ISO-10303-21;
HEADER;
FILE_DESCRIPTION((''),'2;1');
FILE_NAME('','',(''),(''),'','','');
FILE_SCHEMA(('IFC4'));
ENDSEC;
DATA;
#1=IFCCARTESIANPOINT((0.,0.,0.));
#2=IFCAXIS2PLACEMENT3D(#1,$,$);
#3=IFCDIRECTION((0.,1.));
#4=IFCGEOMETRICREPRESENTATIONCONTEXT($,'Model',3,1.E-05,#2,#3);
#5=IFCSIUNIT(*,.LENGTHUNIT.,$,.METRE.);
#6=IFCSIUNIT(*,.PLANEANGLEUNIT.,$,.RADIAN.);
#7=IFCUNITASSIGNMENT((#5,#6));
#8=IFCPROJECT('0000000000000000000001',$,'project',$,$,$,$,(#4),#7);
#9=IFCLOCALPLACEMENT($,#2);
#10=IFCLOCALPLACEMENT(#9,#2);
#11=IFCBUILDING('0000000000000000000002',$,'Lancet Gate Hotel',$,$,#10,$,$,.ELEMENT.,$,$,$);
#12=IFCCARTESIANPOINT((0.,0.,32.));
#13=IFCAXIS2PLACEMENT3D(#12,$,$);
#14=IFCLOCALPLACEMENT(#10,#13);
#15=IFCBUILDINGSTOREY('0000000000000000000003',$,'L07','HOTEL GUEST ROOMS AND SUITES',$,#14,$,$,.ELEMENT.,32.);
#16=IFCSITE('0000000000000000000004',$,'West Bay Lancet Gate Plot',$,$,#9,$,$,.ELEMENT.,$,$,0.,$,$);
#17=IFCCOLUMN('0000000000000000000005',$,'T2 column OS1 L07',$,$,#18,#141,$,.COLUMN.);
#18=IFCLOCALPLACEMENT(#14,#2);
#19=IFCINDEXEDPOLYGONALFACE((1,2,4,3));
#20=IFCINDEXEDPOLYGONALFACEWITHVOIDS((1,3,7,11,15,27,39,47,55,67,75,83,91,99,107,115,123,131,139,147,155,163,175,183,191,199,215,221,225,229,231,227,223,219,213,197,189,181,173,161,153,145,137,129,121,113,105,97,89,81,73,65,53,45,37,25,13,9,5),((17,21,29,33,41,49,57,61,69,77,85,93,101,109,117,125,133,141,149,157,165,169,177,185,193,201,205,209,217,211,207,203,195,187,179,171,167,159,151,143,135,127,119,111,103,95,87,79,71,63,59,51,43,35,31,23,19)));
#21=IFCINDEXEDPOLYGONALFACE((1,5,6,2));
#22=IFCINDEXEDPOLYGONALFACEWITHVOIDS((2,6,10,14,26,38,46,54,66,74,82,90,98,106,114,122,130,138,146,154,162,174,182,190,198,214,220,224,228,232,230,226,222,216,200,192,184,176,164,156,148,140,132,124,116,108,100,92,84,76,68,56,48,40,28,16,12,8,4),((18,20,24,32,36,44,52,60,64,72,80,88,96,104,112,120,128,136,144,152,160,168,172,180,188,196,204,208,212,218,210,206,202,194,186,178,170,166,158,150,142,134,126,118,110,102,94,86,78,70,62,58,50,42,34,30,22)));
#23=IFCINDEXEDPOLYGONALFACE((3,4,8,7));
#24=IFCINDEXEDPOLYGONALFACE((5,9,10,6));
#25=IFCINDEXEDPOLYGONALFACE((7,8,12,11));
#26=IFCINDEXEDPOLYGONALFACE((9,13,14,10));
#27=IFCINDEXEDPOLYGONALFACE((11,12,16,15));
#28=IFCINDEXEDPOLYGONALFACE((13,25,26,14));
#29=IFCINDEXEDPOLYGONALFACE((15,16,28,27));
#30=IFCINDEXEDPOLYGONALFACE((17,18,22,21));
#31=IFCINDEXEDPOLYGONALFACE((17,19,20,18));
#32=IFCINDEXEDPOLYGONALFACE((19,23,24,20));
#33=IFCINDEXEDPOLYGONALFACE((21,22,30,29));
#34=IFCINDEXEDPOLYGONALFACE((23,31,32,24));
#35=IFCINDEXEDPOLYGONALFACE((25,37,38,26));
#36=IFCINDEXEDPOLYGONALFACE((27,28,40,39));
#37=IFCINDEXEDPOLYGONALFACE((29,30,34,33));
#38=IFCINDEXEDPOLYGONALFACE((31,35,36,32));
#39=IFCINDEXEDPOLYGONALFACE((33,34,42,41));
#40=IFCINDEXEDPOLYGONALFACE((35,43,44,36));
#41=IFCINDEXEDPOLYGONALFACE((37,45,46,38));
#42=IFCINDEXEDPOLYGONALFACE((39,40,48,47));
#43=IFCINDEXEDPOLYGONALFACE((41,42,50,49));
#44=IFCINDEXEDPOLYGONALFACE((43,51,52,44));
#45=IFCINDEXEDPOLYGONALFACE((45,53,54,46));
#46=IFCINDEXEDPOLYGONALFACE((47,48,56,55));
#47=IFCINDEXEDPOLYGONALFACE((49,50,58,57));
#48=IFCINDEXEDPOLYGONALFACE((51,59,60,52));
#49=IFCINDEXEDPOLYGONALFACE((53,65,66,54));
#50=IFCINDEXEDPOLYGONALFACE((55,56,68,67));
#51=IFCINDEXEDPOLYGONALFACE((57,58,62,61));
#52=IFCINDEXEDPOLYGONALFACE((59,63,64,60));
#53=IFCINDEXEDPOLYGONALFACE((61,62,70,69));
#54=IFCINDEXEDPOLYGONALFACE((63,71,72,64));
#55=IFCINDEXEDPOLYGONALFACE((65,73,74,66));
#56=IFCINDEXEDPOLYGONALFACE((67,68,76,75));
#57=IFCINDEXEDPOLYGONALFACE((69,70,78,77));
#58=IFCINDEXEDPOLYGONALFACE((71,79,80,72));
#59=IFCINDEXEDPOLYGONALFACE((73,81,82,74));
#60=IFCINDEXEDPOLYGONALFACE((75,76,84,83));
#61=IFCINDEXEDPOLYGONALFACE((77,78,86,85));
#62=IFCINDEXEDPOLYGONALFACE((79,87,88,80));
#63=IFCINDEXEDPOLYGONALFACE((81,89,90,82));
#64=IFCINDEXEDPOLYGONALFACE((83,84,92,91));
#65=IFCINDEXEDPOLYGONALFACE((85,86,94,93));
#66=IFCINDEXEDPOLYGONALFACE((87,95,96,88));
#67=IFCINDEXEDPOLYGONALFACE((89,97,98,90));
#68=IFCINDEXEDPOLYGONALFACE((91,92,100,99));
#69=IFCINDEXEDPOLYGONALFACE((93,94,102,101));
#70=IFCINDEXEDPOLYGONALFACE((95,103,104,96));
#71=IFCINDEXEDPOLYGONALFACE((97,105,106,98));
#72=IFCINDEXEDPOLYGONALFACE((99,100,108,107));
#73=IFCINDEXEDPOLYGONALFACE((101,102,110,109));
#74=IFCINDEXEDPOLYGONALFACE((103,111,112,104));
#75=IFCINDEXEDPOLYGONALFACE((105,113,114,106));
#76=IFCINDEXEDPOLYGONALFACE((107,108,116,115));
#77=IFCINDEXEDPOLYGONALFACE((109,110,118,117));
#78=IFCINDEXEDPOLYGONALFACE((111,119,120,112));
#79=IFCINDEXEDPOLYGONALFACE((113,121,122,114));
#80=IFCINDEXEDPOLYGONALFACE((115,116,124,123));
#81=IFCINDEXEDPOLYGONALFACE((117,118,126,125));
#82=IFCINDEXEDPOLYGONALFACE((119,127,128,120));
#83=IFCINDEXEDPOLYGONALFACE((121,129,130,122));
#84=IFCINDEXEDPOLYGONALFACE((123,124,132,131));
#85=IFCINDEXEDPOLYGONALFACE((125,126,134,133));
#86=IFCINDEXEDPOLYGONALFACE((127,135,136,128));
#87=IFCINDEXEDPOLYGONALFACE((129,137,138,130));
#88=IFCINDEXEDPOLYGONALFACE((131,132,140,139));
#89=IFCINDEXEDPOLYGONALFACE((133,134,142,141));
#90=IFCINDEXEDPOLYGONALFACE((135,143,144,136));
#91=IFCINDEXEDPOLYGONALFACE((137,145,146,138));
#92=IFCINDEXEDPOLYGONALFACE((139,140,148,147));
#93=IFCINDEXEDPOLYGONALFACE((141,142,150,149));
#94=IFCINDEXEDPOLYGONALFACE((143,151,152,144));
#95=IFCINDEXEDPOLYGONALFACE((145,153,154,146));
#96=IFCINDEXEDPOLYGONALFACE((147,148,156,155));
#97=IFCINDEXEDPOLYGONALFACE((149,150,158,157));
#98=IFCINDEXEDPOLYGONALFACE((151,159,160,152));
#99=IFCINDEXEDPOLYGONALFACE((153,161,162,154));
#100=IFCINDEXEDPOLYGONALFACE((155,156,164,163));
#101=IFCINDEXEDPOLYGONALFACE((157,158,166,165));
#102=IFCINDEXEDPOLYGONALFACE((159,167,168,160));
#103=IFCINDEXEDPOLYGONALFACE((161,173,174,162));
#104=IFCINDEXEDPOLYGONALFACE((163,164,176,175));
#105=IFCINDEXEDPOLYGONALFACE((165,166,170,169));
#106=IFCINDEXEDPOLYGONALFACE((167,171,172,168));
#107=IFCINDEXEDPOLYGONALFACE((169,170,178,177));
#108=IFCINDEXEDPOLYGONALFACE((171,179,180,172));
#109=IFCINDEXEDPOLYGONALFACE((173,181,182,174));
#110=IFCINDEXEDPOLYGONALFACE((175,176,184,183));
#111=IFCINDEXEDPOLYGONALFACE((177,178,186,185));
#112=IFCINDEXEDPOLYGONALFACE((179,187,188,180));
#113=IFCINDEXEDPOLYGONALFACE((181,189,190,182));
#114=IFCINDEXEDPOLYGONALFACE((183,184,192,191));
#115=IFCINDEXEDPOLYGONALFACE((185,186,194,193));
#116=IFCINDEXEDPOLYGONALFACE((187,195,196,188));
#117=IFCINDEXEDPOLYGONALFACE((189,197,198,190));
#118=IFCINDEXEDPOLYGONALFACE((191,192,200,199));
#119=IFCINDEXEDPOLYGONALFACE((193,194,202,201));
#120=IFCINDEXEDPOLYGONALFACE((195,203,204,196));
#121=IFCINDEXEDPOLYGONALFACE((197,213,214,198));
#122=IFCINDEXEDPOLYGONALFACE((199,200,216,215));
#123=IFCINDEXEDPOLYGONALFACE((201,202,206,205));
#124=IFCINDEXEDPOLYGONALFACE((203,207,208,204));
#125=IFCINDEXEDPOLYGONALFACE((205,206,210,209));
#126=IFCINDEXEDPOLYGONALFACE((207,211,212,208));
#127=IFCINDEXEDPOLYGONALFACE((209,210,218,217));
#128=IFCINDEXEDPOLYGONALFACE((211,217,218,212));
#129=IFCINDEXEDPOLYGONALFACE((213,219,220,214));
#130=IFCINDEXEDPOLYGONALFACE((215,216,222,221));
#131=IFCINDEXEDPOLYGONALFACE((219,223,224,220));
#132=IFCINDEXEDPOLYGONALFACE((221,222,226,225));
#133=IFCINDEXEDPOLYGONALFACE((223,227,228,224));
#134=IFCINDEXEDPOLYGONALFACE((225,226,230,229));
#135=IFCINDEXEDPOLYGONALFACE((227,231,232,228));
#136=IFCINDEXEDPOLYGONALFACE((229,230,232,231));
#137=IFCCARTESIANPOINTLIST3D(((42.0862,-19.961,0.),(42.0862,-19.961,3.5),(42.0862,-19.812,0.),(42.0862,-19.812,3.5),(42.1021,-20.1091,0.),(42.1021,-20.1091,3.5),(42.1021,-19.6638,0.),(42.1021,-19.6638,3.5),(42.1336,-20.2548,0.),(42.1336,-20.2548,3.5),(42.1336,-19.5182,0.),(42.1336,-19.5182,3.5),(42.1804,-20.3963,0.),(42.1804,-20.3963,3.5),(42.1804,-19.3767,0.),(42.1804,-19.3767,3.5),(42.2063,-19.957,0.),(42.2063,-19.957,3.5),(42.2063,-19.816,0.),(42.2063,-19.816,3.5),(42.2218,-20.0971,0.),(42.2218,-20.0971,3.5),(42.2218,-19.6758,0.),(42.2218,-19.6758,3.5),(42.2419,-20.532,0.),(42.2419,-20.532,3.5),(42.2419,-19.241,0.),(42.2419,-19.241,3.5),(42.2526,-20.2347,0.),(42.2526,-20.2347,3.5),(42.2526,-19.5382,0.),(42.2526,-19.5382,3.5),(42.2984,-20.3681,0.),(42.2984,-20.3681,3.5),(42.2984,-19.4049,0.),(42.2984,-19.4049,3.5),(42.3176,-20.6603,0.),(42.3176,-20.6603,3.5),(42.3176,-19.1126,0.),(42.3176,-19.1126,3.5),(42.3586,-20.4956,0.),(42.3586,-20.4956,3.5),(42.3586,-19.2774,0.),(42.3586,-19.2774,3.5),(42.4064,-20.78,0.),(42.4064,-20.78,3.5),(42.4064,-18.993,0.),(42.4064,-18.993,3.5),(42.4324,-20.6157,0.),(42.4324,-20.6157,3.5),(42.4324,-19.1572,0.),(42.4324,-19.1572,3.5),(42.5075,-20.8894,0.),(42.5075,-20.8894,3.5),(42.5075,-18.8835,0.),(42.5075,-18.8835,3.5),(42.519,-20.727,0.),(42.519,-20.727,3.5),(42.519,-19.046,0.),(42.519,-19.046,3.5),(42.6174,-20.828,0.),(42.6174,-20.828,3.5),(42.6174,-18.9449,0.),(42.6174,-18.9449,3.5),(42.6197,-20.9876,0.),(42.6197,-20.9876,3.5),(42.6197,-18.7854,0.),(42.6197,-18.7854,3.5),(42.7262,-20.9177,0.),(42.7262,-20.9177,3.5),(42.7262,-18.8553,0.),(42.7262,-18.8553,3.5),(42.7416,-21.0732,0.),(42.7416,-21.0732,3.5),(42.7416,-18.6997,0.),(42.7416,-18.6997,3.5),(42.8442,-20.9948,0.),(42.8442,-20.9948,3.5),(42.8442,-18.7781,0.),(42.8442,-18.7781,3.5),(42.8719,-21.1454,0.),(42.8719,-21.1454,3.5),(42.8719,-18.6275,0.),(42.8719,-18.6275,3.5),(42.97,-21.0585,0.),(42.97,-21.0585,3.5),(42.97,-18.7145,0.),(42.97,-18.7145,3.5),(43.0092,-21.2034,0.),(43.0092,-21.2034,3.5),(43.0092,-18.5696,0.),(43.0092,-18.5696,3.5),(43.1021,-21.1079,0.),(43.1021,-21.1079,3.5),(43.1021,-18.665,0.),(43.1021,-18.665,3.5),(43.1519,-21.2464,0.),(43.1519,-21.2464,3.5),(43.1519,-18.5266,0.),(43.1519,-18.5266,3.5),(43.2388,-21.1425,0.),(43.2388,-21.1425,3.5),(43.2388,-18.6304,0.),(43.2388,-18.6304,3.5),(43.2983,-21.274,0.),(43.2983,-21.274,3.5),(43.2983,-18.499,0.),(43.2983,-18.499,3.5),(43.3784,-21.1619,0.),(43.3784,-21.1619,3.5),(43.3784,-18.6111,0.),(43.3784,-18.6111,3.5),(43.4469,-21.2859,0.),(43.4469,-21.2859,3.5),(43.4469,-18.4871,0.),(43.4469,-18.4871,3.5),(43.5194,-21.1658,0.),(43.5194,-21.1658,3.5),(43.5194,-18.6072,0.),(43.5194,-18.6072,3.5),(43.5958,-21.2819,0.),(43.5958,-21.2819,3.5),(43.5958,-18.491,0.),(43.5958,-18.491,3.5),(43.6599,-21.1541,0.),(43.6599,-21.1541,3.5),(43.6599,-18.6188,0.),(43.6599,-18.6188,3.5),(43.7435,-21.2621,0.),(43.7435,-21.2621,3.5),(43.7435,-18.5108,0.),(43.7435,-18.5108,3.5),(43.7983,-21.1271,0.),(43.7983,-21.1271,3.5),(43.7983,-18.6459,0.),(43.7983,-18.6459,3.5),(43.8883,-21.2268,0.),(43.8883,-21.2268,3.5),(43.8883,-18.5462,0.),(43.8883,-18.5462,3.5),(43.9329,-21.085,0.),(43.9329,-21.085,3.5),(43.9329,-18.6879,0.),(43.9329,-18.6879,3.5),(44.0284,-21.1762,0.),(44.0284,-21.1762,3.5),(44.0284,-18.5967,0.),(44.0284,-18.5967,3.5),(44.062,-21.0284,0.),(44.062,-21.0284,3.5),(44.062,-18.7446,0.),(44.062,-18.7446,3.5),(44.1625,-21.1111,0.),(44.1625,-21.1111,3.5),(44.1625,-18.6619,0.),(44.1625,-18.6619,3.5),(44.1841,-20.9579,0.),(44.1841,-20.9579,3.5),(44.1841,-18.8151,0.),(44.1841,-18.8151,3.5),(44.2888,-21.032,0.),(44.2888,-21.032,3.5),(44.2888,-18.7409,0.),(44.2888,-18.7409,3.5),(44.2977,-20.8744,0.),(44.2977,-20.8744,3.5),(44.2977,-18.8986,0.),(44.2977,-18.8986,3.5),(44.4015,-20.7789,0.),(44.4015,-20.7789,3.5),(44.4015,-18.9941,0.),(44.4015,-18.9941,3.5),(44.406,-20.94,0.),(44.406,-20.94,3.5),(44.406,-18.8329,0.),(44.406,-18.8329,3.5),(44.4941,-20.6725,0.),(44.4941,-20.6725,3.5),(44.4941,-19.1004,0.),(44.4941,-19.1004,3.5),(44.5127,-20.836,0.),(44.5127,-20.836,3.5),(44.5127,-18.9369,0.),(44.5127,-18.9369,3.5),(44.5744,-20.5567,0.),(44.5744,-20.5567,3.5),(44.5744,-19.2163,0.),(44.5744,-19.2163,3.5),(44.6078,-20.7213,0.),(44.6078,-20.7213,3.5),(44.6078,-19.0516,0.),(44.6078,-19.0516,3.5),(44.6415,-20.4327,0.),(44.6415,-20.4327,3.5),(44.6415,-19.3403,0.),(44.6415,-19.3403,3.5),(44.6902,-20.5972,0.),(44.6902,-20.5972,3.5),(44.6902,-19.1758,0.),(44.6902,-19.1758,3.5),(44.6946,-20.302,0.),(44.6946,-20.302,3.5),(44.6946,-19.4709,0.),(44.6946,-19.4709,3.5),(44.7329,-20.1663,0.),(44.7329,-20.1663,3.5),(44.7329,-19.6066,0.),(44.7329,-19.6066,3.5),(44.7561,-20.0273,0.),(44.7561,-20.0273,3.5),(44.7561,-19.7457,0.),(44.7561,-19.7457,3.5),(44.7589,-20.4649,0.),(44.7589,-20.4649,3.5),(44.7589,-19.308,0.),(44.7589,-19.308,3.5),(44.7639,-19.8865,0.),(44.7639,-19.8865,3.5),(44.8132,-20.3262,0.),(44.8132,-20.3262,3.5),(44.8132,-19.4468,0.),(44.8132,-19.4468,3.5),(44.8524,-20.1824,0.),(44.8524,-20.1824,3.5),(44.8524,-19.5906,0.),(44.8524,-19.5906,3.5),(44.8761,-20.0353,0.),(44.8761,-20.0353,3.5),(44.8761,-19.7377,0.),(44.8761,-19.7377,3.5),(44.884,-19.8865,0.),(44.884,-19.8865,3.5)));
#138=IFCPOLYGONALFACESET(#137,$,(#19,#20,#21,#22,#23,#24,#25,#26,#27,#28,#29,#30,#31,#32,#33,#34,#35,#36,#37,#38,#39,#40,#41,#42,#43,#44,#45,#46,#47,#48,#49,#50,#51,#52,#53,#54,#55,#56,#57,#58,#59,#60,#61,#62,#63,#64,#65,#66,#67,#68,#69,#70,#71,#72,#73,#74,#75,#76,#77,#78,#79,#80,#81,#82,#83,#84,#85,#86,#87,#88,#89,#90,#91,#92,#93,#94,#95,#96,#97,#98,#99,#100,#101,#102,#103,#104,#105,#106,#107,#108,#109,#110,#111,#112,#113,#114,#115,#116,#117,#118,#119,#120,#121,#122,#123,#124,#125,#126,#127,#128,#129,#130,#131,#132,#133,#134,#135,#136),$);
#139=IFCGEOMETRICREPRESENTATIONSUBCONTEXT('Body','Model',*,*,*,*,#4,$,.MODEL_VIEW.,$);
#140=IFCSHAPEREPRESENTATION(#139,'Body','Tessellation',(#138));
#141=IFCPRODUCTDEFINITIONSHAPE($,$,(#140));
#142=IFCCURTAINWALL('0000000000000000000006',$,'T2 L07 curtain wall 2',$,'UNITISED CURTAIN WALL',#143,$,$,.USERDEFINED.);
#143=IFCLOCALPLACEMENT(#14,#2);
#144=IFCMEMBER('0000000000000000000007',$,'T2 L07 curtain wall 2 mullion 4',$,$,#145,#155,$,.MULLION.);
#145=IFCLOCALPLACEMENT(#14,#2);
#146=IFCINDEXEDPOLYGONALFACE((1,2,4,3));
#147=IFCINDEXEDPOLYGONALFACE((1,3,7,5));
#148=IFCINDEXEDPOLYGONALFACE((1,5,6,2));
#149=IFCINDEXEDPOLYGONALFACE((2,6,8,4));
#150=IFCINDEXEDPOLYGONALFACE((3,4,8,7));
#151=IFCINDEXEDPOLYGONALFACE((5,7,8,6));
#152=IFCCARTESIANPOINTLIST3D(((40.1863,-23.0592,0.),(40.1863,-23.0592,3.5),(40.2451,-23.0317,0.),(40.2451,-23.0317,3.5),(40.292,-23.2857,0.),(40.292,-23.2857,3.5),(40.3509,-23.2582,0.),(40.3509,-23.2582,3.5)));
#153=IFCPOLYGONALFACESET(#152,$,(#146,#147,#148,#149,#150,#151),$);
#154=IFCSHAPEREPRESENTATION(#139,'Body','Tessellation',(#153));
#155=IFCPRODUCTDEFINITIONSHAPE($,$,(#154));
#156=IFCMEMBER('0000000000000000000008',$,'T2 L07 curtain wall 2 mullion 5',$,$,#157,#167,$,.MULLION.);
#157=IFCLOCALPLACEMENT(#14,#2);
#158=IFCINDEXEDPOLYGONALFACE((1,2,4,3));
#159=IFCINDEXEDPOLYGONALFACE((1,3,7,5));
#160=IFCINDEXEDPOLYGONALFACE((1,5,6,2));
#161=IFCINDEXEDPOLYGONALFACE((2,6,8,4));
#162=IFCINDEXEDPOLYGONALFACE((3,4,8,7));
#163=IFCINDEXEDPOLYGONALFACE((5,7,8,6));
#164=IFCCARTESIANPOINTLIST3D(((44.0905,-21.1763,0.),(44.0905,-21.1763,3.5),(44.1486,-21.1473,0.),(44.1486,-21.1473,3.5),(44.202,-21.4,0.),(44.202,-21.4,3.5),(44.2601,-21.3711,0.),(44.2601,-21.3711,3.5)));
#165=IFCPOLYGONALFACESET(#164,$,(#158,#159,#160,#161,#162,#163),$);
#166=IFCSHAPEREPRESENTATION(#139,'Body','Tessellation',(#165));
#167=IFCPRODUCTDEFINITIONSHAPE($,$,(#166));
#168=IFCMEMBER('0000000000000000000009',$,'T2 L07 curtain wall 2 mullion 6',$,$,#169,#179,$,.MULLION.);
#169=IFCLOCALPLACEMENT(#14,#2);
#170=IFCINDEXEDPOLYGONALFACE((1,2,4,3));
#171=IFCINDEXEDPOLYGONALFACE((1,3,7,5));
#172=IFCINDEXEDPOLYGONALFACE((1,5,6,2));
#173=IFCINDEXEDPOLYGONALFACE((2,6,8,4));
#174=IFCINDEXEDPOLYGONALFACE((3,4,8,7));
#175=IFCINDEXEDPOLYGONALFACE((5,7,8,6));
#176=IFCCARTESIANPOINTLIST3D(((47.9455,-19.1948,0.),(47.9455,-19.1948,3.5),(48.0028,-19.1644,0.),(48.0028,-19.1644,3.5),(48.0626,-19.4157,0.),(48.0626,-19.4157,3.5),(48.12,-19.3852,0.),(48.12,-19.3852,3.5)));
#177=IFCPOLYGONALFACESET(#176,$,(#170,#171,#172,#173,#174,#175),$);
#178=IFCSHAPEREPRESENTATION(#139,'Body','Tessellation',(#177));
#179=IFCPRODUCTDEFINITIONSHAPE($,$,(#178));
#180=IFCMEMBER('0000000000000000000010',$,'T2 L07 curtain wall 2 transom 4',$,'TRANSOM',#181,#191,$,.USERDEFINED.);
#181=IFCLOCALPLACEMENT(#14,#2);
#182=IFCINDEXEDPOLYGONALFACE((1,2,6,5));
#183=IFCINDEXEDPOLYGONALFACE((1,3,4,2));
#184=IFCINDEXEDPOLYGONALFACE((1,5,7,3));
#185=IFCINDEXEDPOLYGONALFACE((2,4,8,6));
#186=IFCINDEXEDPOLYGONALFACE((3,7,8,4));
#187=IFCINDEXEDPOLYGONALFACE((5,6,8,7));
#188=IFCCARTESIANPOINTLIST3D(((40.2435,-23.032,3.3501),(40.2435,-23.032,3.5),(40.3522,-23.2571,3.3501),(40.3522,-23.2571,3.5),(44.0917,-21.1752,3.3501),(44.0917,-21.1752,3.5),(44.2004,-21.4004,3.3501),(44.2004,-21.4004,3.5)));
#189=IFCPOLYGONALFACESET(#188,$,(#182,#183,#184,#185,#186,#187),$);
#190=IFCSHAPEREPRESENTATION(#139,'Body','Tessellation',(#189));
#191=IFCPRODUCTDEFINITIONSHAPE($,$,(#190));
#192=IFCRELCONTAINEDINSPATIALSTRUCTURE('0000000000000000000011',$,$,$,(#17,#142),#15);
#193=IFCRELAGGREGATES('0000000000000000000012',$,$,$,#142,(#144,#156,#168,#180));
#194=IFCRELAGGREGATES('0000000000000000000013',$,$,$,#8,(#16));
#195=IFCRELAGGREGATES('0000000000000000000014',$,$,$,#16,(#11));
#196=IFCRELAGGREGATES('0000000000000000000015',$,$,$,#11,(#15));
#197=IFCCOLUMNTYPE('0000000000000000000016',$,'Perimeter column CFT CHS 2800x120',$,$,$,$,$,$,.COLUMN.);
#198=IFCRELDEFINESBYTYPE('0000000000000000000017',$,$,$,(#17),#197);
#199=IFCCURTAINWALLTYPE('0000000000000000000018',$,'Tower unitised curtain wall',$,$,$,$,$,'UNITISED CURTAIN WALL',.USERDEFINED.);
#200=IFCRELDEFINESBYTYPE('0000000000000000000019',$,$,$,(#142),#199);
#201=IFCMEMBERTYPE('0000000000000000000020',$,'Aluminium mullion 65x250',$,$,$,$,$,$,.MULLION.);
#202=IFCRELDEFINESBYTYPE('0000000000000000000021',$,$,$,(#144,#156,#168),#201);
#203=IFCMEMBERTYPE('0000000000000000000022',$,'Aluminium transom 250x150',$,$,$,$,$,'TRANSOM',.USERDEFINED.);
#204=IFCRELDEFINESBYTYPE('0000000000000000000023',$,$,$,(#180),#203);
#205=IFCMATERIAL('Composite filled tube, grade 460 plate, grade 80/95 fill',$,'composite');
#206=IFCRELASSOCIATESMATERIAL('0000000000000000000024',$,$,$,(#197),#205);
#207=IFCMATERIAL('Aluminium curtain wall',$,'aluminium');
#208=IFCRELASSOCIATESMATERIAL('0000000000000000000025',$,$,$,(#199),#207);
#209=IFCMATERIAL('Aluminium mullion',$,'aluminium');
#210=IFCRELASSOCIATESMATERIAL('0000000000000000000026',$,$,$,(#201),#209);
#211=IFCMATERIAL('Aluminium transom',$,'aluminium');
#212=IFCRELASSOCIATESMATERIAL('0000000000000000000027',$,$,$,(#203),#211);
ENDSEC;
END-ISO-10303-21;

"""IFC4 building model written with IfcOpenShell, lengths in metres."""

from ifc_helpers import new_model, si_unit, direction, frame, origin, origin_2d, place, context, subcontext, project, spatial, rectangle, hollow_circle, extrude, material, material_profile, profile_set, type_object, element, aggregate, save


model = new_model("IFC4")

# Units and contexts
model_context = context("Model", 3, precision=1e-05, world=origin(), true_north=direction((0.0, 1.0)))
body_context = subcontext(model_context, "Body", "Model", "MODEL_VIEW")
ifc_project = project(units=[si_unit("LENGTHUNIT", "METRE"), si_unit("PLANEANGLEUNIT", "RADIAN")], contexts=[model_context])

# Site, building, storey
site_placement = place(None, origin())
site = spatial("IfcSite", under=ifc_project, at=site_placement, Name="West Bay Lancet Gate Plot", CompositionType="ELEMENT", RefElevation=0.0)
building_placement = place(site_placement, origin())
building = spatial("IfcBuilding", under=site, at=building_placement, Name="Lancet Gate Hotel", CompositionType="ELEMENT")
storey_placement = place(building_placement, frame((0.0, 0.0, 32.0)))
storey = spatial("IfcBuildingStorey", under=building, at=storey_placement, Name="L07", Description="HOTEL GUEST ROOMS AND SUITES", CompositionType="ELEMENT", Elevation=32.0)

# Column
ifc_material_1 = material(Name="Composite filled tube, grade 460 plate, grade 80/95 fill", Category="composite")
ifc_material_profile_1 = material_profile(ifc_material_1, hollow_circle(Radius=1.3999, WallThickness=0.1201, at=origin_2d()), Name="CHS 2800x120")
ifc_profile_set_1 = profile_set([ifc_material_profile_1], Name="Composite filled tube, grade 460 plate, grade 80/95 fill")
column_type = type_object("IfcColumnType", Name="Perimeter column CFT CHS 2800x120", PredefinedType="COLUMN", material=ifc_profile_set_1)
column_placement = place(storey_placement, frame((43.4841, -19.8865, 0.0), z_axis=(0.0, 0.0, 1.0), x_axis=(1.0, 0.0, 0.0)))
element("IfcColumn", 1, at=column_placement, inside=storey, type_object=column_type, Name="T2 column OS1 L07", PredefinedType="COLUMN", context=body_context, shape_type="SweptSolid", body=[
    extrude(hollow_circle(Radius=1.3999, WallThickness=0.1201, at=origin_2d()), origin(), (0.0, 0.0, 1.0), 3.5),
])

# Curtain wall, members
ifc_material_2 = material(Name="Aluminium curtain wall", Category="aluminium")
curtain_wall_type = type_object("IfcCurtainWallType", Name="Tower unitised curtain wall", ElementType="UNITISED CURTAIN WALL", PredefinedType="USERDEFINED", material=ifc_material_2)
curtain_wall_placement = place(storey_placement, origin())
curtain_wall = element("IfcCurtainWall", 2, at=curtain_wall_placement, inside=storey, type_object=curtain_wall_type, Name="T2 L07 curtain wall 2", ObjectType="UNITISED CURTAIN WALL", PredefinedType="USERDEFINED")
ifc_material_3 = material(Name="Aluminium mullion", Category="aluminium")
ifc_material_profile_2 = material_profile(ifc_material_3, rectangle(XDim=0.0649, YDim=0.25, at=origin_2d()), Name="MULLION 65x250")
ifc_profile_set_2 = profile_set([ifc_material_profile_2], Name="Aluminium mullion")
member_type_1 = type_object("IfcMemberType", Name="Aluminium mullion 65x250", PredefinedType="MULLION", material=ifc_profile_set_2)
member_1_placement = place(storey_placement, frame((40.2686, -23.1587, 0.0), z_axis=(0.0, 0.0, 1.0), x_axis=(0.906105, 0.423053, 0.0)))
member_1 = element("IfcMember", 3, at=member_1_placement, type_object=member_type_1, Name="T2 L07 curtain wall 2 mullion 4", PredefinedType="MULLION", context=body_context, shape_type="SweptSolid", body=[
    extrude(rectangle(XDim=0.0649, YDim=0.25, at=origin_2d()), origin(), (0.0, 0.0, 1.0), 3.5),
])
member_2_placement = place(storey_placement, frame((44.1753, -21.2737, 0.0), z_axis=(0.0, 0.0, 1.0), x_axis=(0.895044, 0.445978, 0.0)))
member_2 = element("IfcMember", 4, at=member_2_placement, type_object=member_type_1, Name="T2 L07 curtain wall 2 mullion 5", PredefinedType="MULLION", context=body_context, shape_type="SweptSolid", body=[
    extrude(rectangle(XDim=0.0649, YDim=0.25, at=origin_2d()), origin(), (0.0, 0.0, 1.0), 3.5),
])
member_3_placement = place(storey_placement, frame((48.0327, -19.29, 0.0), z_axis=(0.0, 0.0, 1.0), x_axis=(0.883403, 0.468613, 0.0)))
member_3 = element("IfcMember", 5, at=member_3_placement, type_object=member_type_1, Name="T2 L07 curtain wall 2 mullion 6", PredefinedType="MULLION", context=body_context, shape_type="SweptSolid", body=[
    extrude(rectangle(XDim=0.0649, YDim=0.25, at=origin_2d()), origin(), (0.0, 0.0, 1.0), 3.5),
])
ifc_material_4 = material(Name="Aluminium transom", Category="aluminium")
ifc_material_profile_3 = material_profile(ifc_material_4, rectangle(XDim=0.25, YDim=0.1499, at=origin_2d()), Name="TRANSOM 250x150")
ifc_profile_set_3 = profile_set([ifc_material_profile_3], Name="Aluminium transom")
member_type_2 = type_object("IfcMemberType", Name="Aluminium transom 250x150", ElementType="TRANSOM", PredefinedType="USERDEFINED", material=ifc_profile_set_3)
member_4_placement = place(storey_placement, frame((40.2979, -23.1445, 3.425), z_axis=(0.900646, 0.434553, 0.0), x_axis=(-0.434553, 0.900646, 0.0)))
member_4 = element("IfcMember", 6, at=member_4_placement, type_object=member_type_2, Name="T2 L07 curtain wall 2 transom 4", ObjectType="TRANSOM", PredefinedType="USERDEFINED", context=body_context, shape_type="SweptSolid", body=[
    extrude(rectangle(XDim=0.25, YDim=0.1499, at=origin_2d()), origin(), (0.0, 0.0, 1.0), 4.2727),
])

aggregate(curtain_wall, [member_1, member_2, member_3, member_4])

save(model, "model.ifc")
